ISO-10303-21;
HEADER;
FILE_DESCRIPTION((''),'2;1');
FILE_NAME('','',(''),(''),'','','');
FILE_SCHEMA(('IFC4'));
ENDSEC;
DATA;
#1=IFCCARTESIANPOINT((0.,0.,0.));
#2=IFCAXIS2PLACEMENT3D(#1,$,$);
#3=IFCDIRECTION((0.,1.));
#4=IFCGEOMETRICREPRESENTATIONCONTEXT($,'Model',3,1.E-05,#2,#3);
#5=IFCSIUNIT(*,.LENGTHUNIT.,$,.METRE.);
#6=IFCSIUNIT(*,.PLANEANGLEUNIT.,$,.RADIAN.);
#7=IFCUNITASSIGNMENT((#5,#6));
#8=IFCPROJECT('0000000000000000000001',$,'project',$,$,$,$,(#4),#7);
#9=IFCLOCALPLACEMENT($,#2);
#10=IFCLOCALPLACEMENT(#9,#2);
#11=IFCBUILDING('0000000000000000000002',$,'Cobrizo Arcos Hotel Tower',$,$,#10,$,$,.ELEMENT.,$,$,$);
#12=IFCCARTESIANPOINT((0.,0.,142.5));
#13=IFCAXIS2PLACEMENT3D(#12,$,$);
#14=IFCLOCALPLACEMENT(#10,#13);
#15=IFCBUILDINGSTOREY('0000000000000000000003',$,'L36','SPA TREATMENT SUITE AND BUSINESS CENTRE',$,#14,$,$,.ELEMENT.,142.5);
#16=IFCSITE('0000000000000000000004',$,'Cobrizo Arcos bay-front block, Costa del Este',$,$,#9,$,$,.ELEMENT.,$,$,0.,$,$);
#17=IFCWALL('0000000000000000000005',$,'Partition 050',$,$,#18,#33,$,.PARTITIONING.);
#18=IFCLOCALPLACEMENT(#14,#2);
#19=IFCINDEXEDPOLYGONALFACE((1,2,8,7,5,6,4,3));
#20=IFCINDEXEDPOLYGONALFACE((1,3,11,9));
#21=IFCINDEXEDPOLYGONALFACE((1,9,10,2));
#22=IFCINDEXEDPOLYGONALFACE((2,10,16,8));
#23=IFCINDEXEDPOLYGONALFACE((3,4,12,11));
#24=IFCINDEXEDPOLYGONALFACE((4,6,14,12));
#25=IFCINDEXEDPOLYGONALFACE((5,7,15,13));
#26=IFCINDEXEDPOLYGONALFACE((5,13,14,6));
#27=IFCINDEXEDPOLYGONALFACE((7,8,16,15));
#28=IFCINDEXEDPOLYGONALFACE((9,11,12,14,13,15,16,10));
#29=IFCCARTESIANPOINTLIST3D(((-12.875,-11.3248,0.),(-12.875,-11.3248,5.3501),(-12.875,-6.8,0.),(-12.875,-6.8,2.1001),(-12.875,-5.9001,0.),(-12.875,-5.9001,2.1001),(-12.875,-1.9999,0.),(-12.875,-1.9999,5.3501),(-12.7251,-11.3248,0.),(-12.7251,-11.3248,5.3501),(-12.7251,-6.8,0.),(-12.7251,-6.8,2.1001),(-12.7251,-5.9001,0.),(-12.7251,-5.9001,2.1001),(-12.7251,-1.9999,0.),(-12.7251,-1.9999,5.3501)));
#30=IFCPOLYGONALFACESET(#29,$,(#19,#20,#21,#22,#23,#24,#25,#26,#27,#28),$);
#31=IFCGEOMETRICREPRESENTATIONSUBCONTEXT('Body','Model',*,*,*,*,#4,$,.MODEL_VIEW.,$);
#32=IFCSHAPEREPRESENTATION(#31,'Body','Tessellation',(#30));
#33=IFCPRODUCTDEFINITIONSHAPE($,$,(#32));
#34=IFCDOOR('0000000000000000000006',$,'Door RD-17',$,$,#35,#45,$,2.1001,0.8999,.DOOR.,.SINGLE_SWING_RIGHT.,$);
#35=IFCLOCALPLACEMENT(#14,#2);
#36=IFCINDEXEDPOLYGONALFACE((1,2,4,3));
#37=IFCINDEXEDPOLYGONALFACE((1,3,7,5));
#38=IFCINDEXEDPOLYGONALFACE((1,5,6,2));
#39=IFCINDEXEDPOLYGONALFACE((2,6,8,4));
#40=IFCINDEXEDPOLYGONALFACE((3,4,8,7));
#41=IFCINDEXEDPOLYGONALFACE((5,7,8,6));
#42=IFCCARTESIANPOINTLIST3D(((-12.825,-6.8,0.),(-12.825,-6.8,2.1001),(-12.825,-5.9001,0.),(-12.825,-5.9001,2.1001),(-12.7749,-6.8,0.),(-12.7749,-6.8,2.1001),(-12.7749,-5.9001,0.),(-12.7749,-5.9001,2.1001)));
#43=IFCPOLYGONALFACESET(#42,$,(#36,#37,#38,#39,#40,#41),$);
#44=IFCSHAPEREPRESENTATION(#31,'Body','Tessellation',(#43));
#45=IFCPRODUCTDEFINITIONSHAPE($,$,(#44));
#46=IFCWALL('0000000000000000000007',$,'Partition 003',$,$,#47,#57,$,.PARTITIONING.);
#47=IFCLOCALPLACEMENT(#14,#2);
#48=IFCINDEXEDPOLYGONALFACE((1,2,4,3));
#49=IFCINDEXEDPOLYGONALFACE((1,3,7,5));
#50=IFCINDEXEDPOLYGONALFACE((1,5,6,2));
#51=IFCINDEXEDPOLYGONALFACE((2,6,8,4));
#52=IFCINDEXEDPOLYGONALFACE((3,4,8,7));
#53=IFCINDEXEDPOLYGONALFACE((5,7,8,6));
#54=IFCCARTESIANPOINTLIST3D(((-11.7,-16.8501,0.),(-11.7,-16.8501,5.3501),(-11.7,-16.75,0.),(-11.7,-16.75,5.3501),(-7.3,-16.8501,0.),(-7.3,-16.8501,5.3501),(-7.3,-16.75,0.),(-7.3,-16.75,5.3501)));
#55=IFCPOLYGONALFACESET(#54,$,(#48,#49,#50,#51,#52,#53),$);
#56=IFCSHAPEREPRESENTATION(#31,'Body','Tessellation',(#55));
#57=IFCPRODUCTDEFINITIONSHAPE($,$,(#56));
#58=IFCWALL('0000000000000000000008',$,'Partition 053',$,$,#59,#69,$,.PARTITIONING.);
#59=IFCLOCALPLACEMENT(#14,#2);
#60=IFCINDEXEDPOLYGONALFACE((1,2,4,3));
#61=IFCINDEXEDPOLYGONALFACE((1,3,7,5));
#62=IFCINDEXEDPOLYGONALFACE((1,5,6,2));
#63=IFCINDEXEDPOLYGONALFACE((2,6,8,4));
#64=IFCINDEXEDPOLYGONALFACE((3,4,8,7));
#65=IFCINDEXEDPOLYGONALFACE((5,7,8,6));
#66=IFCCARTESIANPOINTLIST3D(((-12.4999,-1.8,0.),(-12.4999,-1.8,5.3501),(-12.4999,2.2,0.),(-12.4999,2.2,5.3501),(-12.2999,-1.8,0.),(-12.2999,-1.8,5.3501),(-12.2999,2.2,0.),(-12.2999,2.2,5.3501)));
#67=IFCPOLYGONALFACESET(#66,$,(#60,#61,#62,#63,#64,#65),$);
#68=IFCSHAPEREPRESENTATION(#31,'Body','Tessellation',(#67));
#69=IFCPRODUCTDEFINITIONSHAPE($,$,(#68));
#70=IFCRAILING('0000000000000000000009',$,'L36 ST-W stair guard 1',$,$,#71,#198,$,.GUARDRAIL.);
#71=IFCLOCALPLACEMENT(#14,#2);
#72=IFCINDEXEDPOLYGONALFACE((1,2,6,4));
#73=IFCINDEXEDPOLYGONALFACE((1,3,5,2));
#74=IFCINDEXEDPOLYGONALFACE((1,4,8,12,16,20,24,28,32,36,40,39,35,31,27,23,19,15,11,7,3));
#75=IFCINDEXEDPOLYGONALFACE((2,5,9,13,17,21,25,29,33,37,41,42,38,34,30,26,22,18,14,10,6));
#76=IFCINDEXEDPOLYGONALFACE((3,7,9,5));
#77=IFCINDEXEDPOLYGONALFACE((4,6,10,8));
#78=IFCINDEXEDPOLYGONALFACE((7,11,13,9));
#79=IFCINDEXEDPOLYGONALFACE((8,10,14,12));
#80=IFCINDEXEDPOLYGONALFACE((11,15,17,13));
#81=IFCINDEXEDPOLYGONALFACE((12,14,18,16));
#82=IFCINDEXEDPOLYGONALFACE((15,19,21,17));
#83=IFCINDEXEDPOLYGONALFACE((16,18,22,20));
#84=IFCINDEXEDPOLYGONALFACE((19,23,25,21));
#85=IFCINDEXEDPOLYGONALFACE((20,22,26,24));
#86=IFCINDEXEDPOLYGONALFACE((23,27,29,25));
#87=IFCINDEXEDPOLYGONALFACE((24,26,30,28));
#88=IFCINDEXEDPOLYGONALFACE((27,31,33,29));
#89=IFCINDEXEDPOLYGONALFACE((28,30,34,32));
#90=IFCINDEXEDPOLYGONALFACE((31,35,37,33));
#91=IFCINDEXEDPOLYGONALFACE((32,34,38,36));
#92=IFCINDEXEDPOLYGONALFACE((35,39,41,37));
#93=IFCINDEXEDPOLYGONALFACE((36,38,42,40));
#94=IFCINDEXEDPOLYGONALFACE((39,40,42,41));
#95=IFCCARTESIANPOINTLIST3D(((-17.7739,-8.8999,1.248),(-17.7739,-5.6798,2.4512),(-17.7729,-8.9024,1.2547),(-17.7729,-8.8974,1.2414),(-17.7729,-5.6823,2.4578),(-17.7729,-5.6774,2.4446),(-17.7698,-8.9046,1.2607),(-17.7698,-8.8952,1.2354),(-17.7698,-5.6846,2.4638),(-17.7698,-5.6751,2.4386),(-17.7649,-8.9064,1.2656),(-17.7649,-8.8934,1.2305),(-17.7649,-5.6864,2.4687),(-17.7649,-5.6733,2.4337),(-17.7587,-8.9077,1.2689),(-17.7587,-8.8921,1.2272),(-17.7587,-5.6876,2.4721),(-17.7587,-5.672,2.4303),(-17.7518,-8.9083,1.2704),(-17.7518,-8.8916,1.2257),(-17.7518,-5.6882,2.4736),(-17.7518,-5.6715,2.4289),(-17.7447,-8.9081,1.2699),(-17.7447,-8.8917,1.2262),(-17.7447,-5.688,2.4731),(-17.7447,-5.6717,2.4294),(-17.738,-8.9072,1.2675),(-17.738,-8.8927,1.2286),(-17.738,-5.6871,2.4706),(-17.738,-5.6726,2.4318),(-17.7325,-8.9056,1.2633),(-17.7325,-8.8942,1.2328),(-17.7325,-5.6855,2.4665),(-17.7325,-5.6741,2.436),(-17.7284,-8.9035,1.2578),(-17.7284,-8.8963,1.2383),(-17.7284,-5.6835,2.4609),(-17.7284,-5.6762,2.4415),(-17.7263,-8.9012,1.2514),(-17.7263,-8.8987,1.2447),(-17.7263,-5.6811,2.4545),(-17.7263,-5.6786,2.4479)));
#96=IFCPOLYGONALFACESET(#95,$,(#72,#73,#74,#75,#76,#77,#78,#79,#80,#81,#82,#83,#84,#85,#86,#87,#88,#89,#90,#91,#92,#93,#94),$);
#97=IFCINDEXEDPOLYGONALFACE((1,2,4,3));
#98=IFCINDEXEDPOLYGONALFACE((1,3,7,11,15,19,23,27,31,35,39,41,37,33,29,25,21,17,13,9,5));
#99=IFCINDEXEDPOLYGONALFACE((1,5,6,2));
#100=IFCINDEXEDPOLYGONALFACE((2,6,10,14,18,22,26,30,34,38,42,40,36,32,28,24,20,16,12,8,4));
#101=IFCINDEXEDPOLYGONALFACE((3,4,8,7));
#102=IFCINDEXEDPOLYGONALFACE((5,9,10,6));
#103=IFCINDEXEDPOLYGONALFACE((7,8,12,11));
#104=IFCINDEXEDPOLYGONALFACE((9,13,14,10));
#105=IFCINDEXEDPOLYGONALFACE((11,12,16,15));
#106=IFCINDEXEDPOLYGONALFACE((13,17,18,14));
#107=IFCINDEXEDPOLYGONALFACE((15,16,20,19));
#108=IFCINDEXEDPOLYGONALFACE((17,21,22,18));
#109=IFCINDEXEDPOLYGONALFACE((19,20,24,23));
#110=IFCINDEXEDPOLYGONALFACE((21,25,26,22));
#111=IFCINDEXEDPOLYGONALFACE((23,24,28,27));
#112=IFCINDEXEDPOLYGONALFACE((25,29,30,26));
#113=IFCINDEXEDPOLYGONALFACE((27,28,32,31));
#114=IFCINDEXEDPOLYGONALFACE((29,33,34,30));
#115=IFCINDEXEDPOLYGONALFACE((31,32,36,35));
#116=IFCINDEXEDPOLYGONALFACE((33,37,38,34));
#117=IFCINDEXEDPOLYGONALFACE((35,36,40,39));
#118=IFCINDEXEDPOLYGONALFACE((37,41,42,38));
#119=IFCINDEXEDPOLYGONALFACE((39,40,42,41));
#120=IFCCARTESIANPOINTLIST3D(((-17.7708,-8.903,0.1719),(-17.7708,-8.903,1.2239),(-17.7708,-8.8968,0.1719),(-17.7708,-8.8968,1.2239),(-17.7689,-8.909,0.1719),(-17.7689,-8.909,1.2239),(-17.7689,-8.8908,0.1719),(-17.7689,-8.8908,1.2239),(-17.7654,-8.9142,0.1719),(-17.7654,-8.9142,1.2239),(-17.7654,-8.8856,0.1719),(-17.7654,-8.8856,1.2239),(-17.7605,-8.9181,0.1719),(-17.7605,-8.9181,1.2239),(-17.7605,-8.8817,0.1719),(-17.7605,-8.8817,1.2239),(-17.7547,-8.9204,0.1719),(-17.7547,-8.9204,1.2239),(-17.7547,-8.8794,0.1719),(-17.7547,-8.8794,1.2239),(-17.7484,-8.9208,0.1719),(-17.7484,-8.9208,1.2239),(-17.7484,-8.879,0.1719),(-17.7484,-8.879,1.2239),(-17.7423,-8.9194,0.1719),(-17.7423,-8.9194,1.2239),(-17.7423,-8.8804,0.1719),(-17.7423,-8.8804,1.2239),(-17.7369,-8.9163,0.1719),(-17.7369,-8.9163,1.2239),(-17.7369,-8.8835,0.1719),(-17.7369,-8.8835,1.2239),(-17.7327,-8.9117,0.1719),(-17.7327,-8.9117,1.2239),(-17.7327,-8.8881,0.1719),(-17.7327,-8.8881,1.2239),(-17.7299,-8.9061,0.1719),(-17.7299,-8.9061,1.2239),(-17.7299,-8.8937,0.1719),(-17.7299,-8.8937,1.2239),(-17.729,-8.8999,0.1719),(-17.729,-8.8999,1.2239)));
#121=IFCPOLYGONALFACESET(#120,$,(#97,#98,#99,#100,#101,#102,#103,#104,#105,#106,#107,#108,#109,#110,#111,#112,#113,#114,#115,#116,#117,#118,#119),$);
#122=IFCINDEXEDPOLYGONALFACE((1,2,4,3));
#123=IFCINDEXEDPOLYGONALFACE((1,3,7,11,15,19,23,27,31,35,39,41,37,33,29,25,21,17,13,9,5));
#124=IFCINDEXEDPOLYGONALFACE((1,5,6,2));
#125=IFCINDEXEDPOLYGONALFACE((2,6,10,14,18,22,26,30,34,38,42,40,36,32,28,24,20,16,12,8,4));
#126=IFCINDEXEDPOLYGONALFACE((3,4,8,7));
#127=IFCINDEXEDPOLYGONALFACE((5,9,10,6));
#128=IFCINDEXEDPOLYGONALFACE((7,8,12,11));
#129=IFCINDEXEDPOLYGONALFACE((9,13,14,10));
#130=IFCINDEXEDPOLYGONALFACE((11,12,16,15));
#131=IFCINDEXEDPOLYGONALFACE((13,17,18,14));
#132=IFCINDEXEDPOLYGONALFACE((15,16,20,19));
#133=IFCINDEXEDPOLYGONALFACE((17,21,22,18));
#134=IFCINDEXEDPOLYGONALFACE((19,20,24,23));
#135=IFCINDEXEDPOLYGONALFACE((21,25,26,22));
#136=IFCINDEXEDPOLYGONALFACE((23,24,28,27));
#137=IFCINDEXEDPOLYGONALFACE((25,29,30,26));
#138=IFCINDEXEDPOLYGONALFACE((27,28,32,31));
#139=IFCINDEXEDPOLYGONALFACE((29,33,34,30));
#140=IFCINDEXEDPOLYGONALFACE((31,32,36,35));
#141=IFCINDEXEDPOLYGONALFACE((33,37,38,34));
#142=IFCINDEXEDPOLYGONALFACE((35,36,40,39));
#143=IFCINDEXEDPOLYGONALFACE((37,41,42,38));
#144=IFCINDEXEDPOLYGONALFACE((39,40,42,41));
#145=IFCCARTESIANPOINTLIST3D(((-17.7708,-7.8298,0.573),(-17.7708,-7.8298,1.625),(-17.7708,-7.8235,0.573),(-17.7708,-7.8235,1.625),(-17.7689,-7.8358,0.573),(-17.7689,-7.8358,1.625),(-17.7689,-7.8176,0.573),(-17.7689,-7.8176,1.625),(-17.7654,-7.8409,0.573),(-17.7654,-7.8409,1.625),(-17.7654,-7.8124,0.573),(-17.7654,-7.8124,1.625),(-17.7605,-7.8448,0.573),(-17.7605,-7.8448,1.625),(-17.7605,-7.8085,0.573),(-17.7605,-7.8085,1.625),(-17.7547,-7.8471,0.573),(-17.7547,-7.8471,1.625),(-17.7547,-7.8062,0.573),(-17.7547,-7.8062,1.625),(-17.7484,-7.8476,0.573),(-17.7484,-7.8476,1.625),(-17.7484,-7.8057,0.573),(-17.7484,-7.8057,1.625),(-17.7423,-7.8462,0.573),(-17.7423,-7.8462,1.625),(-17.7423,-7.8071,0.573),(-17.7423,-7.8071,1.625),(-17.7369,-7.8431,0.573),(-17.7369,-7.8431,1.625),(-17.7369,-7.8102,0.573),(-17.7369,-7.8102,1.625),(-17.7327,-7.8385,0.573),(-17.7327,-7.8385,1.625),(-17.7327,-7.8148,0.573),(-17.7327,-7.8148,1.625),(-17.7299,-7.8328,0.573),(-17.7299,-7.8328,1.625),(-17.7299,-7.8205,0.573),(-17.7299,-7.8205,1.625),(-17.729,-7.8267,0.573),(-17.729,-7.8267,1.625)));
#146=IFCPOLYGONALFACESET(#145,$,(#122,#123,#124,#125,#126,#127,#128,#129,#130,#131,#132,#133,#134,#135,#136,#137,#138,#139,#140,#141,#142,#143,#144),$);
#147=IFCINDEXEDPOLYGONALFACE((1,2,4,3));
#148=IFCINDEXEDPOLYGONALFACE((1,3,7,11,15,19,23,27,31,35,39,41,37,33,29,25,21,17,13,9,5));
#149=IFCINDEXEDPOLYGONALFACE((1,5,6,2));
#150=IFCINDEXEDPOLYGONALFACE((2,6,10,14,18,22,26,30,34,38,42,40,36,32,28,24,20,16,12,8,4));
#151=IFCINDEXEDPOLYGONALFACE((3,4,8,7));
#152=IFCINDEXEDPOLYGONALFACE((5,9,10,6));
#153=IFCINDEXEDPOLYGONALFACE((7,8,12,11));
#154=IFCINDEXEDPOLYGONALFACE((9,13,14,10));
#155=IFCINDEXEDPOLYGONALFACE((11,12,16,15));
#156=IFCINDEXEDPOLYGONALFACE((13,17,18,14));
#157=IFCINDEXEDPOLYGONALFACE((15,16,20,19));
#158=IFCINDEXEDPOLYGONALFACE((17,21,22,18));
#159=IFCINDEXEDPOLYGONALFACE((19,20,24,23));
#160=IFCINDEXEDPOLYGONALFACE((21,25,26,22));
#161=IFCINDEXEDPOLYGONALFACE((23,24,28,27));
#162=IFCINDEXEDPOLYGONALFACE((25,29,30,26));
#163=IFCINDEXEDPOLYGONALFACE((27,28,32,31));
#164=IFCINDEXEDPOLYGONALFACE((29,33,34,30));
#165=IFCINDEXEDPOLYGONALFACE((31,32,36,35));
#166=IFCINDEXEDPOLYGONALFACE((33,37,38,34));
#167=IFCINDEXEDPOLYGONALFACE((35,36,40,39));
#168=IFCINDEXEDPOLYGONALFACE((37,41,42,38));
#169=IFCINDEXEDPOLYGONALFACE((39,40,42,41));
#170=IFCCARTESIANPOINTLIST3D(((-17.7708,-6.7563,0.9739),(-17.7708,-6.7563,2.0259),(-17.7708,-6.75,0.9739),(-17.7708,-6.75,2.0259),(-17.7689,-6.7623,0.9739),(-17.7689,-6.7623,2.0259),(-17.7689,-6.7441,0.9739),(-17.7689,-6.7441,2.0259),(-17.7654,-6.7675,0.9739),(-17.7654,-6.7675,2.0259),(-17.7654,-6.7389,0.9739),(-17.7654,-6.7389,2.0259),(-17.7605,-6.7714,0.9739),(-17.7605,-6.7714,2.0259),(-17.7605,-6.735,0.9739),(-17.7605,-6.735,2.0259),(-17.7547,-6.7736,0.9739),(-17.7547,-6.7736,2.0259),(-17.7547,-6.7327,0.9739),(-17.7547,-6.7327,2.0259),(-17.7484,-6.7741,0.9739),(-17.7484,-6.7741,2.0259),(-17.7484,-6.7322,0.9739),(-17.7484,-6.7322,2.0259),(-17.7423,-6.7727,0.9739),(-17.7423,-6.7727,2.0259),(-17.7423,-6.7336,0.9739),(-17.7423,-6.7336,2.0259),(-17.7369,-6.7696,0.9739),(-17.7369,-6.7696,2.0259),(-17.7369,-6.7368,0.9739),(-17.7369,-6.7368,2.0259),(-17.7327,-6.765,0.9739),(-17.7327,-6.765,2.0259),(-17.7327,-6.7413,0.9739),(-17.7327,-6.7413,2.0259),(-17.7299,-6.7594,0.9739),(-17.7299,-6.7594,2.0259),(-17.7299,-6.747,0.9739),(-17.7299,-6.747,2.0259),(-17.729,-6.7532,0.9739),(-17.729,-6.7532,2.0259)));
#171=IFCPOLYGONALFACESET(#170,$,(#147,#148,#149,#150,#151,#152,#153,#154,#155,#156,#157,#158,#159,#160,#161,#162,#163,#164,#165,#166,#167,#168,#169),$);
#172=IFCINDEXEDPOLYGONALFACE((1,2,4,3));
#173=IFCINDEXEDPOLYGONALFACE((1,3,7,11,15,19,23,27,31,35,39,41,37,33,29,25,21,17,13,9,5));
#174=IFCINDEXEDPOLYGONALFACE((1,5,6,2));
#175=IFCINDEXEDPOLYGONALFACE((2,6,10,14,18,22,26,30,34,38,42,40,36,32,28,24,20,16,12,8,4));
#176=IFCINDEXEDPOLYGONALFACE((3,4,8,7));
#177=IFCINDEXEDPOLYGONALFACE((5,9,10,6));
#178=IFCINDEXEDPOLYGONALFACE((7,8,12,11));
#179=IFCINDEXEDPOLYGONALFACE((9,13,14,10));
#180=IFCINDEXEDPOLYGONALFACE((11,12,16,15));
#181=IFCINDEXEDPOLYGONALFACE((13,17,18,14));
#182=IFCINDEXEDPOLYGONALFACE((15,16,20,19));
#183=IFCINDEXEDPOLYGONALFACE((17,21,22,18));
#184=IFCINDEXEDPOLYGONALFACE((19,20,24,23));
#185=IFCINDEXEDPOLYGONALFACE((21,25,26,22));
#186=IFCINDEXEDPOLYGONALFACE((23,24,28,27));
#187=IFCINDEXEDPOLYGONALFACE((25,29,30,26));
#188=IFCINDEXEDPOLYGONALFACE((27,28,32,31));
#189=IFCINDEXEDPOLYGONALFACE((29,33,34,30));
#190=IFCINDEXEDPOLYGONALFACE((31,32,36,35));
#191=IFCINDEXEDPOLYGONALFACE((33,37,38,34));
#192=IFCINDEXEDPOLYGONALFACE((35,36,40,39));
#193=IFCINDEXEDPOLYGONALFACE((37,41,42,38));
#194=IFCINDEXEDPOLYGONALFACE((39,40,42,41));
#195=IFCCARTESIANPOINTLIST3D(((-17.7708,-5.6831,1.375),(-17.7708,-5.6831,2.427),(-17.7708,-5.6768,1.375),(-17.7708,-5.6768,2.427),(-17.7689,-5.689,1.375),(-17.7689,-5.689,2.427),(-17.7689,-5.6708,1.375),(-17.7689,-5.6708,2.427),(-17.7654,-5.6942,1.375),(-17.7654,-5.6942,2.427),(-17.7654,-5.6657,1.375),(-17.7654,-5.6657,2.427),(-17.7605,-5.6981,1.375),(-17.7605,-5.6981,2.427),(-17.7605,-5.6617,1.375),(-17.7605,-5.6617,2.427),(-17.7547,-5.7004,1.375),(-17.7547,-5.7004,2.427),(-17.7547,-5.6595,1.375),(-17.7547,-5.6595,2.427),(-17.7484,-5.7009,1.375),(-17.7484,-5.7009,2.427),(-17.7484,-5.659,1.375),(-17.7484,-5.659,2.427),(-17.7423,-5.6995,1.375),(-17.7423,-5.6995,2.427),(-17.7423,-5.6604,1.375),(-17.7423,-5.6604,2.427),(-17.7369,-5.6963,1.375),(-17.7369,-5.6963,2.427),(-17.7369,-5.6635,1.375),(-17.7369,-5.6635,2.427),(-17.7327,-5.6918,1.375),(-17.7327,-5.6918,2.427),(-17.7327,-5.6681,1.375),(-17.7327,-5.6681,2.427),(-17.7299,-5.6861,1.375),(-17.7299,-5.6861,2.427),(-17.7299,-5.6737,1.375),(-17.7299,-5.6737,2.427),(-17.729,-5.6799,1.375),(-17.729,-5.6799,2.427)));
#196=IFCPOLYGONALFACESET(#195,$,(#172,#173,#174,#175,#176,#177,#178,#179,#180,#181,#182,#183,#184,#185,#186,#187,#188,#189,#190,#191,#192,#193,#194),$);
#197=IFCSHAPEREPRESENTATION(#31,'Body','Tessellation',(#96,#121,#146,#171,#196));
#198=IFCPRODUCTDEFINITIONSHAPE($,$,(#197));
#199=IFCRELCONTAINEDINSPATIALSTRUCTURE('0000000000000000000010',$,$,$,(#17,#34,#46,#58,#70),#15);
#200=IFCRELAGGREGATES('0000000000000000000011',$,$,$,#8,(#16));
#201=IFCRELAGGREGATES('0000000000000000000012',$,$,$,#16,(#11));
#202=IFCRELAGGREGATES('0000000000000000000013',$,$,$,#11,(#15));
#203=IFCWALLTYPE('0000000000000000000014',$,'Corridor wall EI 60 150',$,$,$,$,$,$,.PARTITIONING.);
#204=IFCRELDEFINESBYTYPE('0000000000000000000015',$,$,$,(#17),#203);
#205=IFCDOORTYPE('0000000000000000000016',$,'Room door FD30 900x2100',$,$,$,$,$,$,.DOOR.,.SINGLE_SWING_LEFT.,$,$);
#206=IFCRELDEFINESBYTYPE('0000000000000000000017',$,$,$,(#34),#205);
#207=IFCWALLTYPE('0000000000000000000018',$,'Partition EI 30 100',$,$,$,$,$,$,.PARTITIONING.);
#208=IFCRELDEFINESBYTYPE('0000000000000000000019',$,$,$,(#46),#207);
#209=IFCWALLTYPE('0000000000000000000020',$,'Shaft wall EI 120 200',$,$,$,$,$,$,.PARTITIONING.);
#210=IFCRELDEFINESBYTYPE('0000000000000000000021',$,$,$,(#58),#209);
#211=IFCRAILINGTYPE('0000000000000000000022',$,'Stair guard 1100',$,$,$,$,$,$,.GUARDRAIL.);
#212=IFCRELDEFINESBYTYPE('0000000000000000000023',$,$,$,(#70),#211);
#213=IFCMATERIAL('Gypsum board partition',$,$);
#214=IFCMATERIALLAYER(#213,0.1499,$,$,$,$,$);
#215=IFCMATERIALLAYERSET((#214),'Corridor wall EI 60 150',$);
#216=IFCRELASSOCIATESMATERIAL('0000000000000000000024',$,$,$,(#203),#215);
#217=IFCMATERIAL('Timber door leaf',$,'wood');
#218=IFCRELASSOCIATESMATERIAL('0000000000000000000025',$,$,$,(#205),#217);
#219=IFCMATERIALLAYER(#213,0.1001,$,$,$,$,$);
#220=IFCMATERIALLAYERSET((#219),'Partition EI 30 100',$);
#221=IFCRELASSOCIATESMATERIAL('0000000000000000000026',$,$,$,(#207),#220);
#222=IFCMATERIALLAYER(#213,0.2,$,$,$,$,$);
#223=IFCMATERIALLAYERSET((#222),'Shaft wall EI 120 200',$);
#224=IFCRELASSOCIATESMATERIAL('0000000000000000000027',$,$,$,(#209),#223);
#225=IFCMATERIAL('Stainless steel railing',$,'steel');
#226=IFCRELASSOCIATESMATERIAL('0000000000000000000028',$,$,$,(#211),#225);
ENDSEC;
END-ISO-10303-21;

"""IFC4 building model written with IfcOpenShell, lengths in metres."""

from ifc_helpers import new_model, si_unit, direction, frame, frame_2d, origin, origin_2d, place, context, subcontext, project, spatial, rectangle, circle, extrude, material, layer, layer_set, type_object, element, fill, save


model = new_model("IFC4")

# Units and contexts
model_context = context("Model", 3, precision=1e-05, world=origin(), true_north=direction((0.0, 1.0)))
body_context = subcontext(model_context, "Body", "Model", "MODEL_VIEW")
ifc_project = project(units=[si_unit("LENGTHUNIT", "METRE"), si_unit("PLANEANGLEUNIT", "RADIAN")], contexts=[model_context])

# Site, building, storey
site_placement = place(None, origin())
site = spatial("IfcSite", under=ifc_project, at=site_placement, Name="Cobrizo Arcos bay-front block, Costa del Este", CompositionType="ELEMENT", RefElevation=0.0)
building_placement = place(site_placement, origin())
building = spatial("IfcBuilding", under=site, at=building_placement, Name="Cobrizo Arcos Hotel Tower", CompositionType="ELEMENT")
storey_placement = place(building_placement, frame((0.0, 0.0, 142.5)))
storey = spatial("IfcBuildingStorey", under=building, at=storey_placement, Name="L36", Description="SPA TREATMENT SUITE AND BUSINESS CENTRE", CompositionType="ELEMENT", Elevation=142.5)

# Wall, opening, door
ifc_material_1 = material(Name="Gypsum board partition")
ifc_layer_1 = layer(ifc_material_1, 0.1499)
ifc_layer_set_1 = layer_set([ifc_layer_1], Name="Corridor wall EI 60 150")
wall_type_1 = type_object("IfcWallType", Name="Corridor wall EI 60 150", PredefinedType="PARTITIONING", material=ifc_layer_set_1)
ifc_material_2 = material(Name="Timber door leaf", Category="wood")
door_type = type_object("IfcDoorType", Name="Room door FD30 900x2100", OperationType="SINGLE_SWING_LEFT", PredefinedType="DOOR", material=ifc_material_2)
wall_1_placement = place(storey_placement, frame((-12.8, -11.325, 0.0), z_axis=(0.0, 0.0, 1.0), x_axis=(0.0, 1.0, 0.0)))
wall_1 = element("IfcWall", 1, at=wall_1_placement, inside=storey, type_object=wall_type_1, Name="Partition 050", PredefinedType="PARTITIONING", context=body_context, shape_type="SweptSolid", body=[
    extrude(rectangle(XDim=9.325, YDim=0.1499, at=frame_2d((4.6626, 0.0))), origin(), (0.0, 0.0, 1.0), 5.3501),
])
opening_1_placement = place(wall_1_placement, frame((4.5249, 0.0, 0.0)))
opening_1 = element("IfcOpeningElement", 2, at=opening_1_placement, cuts=wall_1, PredefinedType="OPENING", context=body_context, shape_type="SweptSolid", body=[
    extrude(rectangle(XDim=0.8999, YDim=2.1001, at=frame_2d((0.45, 1.05))), frame((0.0, 0.0869, 0.0), z_axis=(0.0, -1.0, 0.0), x_axis=(1.0, 0.0, 0.0)), (0.0, 0.0, 1.0), 0.1738),
])
door_1_placement = place(opening_1_placement, origin())
door_1 = element("IfcDoor", 3, at=door_1_placement, inside=storey, type_object=door_type, Name="Door RD-17", OperationType="SINGLE_SWING_RIGHT", OverallHeight=2.1001, OverallWidth=0.8999, PredefinedType="DOOR", context=body_context, shape_type="SweptSolid", body=[
    extrude(rectangle(XDim=0.8999, YDim=2.1001, at=frame_2d((0.45, 1.05))), frame((0.0, 0.0249, 0.0), z_axis=(0.0, -1.0, 0.0), x_axis=(1.0, 0.0, 0.0)), (0.0, 0.0, 1.0), 0.05),
])
fill(opening_1, door_1)

# Walls
ifc_layer_2 = layer(ifc_material_1, 0.1001)
ifc_layer_set_2 = layer_set([ifc_layer_2], Name="Partition EI 30 100")
wall_type_2 = type_object("IfcWallType", Name="Partition EI 30 100", PredefinedType="PARTITIONING", material=ifc_layer_set_2)
wall_2_placement = place(storey_placement, frame((-11.7, -16.8, 0.0), z_axis=(0.0, 0.0, 1.0), x_axis=(1.0, 0.0, 0.0)))
element("IfcWall", 4, at=wall_2_placement, inside=storey, type_object=wall_type_2, Name="Partition 003", PredefinedType="PARTITIONING", context=body_context, shape_type="SweptSolid", body=[
    extrude(rectangle(XDim=4.3999, YDim=0.1001, at=frame_2d((2.2, 0.0))), origin(), (0.0, 0.0, 1.0), 5.3501),
])
ifc_layer_3 = layer(ifc_material_1, 0.2)
ifc_layer_set_3 = layer_set([ifc_layer_3], Name="Shaft wall EI 120 200")
wall_type_3 = type_object("IfcWallType", Name="Shaft wall EI 120 200", PredefinedType="PARTITIONING", material=ifc_layer_set_3)
wall_3_placement = place(storey_placement, frame((-12.3999, -1.8, 0.0), z_axis=(0.0, 0.0, 1.0), x_axis=(0.0, 1.0, 0.0)))
element("IfcWall", 5, at=wall_3_placement, inside=storey, type_object=wall_type_3, Name="Partition 053", PredefinedType="PARTITIONING", context=body_context, shape_type="SweptSolid", body=[
    extrude(rectangle(XDim=4.0, YDim=0.2, at=frame_2d((2.0, 0.0))), origin(), (0.0, 0.0, 1.0), 5.3501),
])

# Railing
ifc_material_3 = material(Name="Stainless steel railing", Category="steel")
railing_type_1 = type_object("IfcRailingType", Name="Stair guard 1100", PredefinedType="GUARDRAIL", material=ifc_material_3)
railing_1_placement = place(storey_placement, frame((-17.75, -8.8999, 0.1719)))
element("IfcRailing", 6, at=railing_1_placement, inside=storey, type_object=railing_type_1, Name="L36 ST-W stair guard 1", PredefinedType="GUARDRAIL", context=body_context, shape_type="SweptSolid", body=[
    extrude(circle(Radius=0.0239, at=origin_2d()), frame((0.0, 0.0, 1.0762), z_axis=(0.0, 0.936746, 0.35001), x_axis=(-1.0, 0.0, 0.0)), (0.0, 0.0, 1.0), 3.4375),
    extrude(circle(Radius=0.021, at=origin_2d()), origin(), (0.0, 0.0, 1.0), 1.052),
    extrude(circle(Radius=0.021, at=origin_2d()), frame((0.0, 1.0732, 0.4011)), (0.0, 0.0, 1.0), 1.052),
    extrude(circle(Radius=0.021, at=origin_2d()), frame((0.0, 2.1467, 0.802)), (0.0, 0.0, 1.0), 1.052),
    extrude(circle(Radius=0.021, at=origin_2d()), frame((0.0, 3.22, 1.2031)), (0.0, 0.0, 1.0), 1.052),
])

save(model, "model.ifc")
